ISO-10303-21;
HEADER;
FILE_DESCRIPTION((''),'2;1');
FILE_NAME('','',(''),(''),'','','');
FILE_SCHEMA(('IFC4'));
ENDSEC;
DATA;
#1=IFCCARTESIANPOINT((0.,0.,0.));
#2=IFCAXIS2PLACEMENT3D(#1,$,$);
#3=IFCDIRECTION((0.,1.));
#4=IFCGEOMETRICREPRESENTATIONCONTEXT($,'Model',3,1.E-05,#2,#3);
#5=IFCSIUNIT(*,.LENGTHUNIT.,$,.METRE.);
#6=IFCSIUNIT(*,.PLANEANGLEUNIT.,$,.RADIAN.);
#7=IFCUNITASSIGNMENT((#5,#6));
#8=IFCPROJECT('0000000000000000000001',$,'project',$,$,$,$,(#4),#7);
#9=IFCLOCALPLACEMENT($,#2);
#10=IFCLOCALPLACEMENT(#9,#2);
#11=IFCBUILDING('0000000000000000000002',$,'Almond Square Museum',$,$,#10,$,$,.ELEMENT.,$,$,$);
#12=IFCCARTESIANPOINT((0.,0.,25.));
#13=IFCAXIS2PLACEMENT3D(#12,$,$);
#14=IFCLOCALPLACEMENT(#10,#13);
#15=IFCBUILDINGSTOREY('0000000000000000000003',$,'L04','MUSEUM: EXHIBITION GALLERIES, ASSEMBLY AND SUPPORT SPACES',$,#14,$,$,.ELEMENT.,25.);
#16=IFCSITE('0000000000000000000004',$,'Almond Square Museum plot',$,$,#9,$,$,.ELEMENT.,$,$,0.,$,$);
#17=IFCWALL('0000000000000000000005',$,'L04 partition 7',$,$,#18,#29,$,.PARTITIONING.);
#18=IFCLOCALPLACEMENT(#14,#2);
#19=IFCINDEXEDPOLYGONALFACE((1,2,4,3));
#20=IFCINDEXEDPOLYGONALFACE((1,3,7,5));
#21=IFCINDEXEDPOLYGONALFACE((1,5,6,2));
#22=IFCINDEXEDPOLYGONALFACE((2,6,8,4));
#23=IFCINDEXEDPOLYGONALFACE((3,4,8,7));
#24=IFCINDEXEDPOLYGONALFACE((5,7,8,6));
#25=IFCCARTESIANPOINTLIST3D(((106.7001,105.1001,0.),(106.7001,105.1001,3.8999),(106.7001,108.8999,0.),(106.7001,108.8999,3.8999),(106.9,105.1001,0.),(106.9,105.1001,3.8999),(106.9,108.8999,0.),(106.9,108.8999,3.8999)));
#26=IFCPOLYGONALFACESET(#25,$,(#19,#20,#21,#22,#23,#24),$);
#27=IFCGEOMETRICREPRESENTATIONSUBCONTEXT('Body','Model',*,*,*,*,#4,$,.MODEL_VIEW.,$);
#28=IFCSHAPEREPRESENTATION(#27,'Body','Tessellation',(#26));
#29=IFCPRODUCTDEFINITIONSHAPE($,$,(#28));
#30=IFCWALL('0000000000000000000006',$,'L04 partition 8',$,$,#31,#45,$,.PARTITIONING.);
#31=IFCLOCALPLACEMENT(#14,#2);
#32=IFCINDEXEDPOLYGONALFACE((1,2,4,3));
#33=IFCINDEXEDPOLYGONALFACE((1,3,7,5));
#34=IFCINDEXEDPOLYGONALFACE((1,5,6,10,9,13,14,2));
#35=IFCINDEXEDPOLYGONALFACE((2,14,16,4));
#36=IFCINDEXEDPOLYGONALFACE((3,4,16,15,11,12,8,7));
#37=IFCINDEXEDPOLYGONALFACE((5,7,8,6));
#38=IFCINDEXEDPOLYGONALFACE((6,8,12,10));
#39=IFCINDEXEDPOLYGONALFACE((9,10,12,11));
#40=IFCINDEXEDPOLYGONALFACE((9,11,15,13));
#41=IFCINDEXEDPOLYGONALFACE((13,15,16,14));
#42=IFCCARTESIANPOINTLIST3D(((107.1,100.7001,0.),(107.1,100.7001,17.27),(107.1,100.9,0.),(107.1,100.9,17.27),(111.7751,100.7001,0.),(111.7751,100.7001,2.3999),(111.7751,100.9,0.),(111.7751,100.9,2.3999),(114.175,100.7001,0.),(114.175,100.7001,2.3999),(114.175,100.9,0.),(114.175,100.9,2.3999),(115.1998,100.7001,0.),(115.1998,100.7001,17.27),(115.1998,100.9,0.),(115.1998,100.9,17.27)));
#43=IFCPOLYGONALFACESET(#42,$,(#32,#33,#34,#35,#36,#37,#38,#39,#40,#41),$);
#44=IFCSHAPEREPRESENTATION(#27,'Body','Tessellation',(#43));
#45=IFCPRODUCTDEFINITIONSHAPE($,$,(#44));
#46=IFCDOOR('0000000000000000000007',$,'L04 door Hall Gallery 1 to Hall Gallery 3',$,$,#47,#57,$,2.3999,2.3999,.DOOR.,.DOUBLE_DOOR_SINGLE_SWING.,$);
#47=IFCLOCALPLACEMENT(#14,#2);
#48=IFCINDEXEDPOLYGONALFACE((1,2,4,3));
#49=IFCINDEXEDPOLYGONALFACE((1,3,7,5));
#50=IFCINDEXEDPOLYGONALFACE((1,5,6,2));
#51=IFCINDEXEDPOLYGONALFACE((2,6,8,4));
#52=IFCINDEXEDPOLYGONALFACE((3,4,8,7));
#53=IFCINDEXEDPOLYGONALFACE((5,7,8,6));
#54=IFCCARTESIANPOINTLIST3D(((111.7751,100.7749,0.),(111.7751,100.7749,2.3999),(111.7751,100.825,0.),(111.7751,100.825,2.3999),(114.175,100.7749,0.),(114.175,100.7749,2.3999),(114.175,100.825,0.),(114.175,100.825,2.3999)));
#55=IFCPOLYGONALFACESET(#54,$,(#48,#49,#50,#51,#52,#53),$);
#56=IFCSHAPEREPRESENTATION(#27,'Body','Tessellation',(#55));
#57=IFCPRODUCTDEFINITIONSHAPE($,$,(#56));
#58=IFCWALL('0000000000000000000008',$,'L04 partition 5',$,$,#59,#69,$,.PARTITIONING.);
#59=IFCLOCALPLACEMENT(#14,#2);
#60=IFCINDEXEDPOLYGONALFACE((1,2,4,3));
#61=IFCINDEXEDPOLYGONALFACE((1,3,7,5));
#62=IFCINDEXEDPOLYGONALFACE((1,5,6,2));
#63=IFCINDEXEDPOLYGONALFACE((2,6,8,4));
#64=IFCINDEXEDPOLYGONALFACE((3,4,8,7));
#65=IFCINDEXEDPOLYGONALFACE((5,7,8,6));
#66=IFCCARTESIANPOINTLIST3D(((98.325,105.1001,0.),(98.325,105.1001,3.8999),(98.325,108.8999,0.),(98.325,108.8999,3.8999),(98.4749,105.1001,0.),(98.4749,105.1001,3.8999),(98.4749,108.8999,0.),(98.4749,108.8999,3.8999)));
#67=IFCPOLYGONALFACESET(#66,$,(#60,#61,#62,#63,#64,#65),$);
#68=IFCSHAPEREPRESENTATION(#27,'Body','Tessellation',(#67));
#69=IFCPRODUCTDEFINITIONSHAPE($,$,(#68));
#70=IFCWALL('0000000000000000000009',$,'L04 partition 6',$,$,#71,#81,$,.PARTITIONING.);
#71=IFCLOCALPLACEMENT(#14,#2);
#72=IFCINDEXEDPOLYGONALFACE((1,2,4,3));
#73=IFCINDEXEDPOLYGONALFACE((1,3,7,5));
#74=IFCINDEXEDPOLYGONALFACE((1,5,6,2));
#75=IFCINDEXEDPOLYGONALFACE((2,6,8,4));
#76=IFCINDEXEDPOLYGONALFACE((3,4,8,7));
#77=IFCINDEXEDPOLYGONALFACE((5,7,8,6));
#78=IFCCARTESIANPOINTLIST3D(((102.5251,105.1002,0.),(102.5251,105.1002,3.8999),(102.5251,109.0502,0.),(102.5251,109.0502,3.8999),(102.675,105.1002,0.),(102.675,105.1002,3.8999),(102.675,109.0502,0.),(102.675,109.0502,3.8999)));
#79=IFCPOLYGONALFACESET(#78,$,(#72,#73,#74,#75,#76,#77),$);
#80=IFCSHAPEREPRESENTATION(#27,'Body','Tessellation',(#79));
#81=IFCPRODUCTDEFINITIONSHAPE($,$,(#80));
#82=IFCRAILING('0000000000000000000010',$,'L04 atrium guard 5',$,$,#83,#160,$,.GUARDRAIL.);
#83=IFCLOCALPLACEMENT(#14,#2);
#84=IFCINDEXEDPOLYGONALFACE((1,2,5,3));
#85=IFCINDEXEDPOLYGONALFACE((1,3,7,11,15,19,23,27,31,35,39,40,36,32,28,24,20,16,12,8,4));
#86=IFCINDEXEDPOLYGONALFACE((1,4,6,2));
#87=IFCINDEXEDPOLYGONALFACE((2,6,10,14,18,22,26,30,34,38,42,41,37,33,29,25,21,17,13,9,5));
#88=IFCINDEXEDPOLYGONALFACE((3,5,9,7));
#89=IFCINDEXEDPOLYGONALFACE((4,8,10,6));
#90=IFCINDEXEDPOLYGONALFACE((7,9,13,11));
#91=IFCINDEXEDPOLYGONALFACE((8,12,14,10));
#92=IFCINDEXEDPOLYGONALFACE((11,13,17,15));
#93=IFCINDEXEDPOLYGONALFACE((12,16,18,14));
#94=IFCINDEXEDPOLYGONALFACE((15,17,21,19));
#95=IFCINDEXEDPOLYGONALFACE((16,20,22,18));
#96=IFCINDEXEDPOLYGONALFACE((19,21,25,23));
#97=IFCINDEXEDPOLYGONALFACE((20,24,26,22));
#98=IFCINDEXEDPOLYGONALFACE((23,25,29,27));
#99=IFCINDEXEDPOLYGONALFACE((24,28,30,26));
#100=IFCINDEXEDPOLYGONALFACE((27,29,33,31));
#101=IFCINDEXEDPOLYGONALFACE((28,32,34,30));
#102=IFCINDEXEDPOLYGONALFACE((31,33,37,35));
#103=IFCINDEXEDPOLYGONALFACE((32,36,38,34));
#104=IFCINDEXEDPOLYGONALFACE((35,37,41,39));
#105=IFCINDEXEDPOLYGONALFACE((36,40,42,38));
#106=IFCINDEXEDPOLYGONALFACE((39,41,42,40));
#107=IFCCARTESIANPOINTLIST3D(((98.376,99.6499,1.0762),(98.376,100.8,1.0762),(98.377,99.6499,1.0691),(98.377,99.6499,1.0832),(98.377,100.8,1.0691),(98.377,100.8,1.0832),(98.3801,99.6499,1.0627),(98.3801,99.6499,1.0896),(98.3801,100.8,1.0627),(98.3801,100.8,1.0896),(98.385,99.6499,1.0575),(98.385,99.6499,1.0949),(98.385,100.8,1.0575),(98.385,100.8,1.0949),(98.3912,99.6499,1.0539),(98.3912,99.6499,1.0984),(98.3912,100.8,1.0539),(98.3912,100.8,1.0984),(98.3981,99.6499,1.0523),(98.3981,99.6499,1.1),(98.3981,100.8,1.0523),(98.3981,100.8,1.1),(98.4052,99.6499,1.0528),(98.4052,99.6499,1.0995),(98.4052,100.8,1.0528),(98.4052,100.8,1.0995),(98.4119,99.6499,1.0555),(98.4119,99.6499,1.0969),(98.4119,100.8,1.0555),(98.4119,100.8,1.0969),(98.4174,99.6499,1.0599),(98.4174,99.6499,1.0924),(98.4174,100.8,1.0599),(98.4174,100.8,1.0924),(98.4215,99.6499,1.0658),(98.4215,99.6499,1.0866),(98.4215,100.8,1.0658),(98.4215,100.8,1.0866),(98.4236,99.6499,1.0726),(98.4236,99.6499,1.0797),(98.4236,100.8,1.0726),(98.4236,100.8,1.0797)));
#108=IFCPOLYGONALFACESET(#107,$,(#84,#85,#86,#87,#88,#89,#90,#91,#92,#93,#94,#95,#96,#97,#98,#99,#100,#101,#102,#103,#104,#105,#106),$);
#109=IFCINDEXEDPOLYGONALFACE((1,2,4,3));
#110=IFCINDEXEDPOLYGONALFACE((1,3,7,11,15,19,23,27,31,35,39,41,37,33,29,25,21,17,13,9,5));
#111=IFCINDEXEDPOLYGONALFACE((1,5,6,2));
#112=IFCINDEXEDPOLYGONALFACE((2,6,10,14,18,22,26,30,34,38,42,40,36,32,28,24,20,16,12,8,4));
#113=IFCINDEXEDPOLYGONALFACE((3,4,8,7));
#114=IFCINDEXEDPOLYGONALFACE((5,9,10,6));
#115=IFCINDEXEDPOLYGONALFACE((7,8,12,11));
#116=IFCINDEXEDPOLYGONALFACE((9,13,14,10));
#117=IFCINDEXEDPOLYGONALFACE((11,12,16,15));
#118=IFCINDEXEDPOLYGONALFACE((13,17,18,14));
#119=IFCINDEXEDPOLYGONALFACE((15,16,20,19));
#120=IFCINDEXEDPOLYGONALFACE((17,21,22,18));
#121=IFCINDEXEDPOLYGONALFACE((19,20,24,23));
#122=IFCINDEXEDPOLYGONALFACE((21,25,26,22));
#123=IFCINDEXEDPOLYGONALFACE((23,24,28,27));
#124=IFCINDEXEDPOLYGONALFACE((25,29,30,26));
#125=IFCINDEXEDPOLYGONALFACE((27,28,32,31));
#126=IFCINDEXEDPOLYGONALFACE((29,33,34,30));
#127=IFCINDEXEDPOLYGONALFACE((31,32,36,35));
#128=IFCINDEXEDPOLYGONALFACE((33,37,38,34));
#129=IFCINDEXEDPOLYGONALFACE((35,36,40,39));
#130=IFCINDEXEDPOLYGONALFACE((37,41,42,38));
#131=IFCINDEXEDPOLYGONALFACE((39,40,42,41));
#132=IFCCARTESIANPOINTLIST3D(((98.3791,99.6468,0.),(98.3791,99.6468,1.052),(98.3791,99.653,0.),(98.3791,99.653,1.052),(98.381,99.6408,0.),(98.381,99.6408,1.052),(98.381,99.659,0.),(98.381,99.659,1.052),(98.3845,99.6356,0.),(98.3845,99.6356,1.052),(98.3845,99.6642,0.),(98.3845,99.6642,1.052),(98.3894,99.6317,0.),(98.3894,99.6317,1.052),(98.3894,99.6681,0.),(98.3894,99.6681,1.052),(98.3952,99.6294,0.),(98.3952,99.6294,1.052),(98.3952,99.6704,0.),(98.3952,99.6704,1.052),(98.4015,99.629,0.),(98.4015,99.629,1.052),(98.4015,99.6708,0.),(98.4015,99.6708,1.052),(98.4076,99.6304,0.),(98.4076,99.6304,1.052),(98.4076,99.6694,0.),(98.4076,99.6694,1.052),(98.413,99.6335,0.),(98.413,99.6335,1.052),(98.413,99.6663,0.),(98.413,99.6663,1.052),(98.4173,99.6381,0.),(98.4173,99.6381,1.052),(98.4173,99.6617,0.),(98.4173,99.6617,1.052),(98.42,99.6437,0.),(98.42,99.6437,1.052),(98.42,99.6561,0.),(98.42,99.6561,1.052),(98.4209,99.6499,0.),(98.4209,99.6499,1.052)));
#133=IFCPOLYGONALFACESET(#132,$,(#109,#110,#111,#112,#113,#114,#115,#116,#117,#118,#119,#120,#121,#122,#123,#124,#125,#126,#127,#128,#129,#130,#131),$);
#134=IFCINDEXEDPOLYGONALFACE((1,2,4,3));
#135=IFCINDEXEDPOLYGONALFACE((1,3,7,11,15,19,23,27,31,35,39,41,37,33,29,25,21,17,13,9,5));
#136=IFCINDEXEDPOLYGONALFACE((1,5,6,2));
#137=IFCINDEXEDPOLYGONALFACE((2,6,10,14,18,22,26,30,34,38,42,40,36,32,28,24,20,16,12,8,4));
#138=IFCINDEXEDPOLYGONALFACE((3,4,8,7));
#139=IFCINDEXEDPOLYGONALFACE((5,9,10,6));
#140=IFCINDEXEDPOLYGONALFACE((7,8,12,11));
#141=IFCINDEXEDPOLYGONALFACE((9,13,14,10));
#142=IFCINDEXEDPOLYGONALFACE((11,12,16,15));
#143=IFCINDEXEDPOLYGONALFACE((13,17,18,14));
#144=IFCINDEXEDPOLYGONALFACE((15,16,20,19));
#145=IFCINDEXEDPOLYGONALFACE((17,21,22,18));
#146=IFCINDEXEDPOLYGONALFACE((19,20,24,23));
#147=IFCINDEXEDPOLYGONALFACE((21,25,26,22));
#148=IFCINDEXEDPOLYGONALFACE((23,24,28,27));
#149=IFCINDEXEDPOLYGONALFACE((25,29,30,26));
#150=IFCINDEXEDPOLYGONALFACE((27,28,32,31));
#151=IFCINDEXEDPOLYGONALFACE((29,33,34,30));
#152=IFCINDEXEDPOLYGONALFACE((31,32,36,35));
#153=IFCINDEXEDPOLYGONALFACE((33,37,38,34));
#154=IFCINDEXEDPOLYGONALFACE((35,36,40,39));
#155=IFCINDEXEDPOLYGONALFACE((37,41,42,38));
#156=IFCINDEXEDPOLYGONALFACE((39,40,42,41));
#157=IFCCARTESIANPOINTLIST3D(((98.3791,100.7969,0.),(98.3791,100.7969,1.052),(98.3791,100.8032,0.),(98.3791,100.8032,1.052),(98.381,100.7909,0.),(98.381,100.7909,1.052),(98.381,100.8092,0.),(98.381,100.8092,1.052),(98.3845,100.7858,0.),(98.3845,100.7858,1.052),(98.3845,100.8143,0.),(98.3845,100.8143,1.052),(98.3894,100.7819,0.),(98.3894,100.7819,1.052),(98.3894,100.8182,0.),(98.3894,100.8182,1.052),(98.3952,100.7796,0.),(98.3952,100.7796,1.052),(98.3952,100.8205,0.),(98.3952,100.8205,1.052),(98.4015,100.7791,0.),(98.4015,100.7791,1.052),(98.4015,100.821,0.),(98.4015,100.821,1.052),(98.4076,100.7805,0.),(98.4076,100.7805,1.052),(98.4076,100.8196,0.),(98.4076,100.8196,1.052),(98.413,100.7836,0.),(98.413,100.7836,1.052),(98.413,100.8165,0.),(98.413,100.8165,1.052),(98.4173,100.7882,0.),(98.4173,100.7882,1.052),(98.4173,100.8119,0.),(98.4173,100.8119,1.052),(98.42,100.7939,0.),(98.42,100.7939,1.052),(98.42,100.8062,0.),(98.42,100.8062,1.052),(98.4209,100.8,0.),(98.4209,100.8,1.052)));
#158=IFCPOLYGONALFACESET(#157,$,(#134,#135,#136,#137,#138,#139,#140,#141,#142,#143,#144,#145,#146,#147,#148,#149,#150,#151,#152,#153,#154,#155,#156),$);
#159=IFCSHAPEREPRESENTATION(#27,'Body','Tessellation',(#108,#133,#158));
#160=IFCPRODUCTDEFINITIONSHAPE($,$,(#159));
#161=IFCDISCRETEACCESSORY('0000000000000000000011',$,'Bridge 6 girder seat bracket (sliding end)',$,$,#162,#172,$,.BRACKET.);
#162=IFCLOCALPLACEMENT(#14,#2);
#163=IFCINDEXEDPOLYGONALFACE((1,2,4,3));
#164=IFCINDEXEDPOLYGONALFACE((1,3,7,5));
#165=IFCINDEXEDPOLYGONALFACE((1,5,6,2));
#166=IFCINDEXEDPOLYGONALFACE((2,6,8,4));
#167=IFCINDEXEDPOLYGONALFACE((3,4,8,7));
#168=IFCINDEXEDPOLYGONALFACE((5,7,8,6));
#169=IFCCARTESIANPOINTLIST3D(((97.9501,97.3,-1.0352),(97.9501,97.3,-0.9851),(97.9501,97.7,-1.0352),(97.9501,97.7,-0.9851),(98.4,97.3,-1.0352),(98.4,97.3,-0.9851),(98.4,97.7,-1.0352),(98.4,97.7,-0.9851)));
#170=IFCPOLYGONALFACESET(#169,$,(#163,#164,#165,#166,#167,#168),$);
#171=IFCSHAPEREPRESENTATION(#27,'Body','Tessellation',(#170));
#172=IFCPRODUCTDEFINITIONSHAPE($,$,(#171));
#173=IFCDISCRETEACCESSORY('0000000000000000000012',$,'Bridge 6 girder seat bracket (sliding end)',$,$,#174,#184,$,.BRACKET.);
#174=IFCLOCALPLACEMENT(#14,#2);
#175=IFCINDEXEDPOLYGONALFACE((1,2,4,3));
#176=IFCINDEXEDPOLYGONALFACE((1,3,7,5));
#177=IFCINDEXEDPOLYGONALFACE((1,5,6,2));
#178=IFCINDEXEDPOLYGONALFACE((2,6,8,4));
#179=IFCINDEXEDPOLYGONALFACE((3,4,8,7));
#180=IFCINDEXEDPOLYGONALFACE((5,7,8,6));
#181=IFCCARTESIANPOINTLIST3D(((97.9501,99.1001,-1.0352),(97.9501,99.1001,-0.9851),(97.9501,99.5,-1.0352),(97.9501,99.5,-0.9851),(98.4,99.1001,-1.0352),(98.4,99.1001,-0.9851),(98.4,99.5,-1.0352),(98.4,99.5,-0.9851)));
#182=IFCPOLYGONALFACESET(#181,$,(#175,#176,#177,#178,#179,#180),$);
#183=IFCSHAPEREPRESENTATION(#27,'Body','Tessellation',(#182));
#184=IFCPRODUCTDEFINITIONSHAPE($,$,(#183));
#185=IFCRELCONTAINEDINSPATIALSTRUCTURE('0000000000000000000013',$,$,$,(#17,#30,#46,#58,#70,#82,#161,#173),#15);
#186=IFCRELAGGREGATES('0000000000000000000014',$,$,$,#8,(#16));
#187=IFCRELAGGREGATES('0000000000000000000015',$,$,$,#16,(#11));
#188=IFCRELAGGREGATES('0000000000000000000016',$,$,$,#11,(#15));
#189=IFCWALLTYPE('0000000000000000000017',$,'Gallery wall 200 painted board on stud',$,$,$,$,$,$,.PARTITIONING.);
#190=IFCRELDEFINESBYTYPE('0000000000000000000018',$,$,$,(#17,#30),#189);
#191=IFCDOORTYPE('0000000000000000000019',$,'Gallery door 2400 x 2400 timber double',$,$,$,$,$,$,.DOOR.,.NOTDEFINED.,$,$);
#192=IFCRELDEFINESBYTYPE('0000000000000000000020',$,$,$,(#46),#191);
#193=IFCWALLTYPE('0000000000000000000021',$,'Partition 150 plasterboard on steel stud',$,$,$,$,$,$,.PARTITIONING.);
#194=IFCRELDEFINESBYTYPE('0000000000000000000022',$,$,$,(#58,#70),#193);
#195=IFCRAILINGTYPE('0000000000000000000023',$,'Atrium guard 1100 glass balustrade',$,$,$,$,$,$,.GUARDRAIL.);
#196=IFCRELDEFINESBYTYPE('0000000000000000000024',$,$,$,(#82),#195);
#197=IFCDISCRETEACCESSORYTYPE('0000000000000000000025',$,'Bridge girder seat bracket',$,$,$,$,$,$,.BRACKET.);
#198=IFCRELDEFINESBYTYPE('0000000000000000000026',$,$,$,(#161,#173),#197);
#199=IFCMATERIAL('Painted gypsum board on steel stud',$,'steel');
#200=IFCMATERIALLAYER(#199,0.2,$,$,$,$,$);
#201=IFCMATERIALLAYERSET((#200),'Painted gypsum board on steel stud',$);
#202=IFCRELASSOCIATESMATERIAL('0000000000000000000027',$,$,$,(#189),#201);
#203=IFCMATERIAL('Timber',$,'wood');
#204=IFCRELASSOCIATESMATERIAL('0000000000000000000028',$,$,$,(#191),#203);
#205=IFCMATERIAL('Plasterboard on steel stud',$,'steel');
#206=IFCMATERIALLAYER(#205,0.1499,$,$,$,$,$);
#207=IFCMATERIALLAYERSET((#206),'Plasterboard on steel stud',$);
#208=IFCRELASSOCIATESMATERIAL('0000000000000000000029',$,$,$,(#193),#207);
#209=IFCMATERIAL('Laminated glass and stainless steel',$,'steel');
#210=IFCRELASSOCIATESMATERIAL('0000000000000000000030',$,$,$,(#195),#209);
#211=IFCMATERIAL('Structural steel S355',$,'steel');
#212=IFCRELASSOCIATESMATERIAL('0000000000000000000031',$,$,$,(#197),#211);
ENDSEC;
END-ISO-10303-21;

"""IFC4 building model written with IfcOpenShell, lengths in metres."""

from ifc_helpers import new_model, si_unit, direction, frame, frame_2d, origin, origin_2d, place, context, subcontext, project, spatial, rectangle, circle, extrude, material, layer, layer_set, type_object, element, fill, save


model = new_model("IFC4")

# Units and contexts
model_context = context("Model", 3, precision=1e-05, world=origin(), true_north=direction((0.0, 1.0)))
body_context = subcontext(model_context, "Body", "Model", "MODEL_VIEW")
ifc_project = project(units=[si_unit("LENGTHUNIT", "METRE"), si_unit("PLANEANGLEUNIT", "RADIAN")], contexts=[model_context])

# Site, building, storey
site_placement = place(None, origin())
site = spatial("IfcSite", under=ifc_project, at=site_placement, Name="Almond Square Museum plot", CompositionType="ELEMENT", RefElevation=0.0)
building_placement = place(site_placement, origin())
building = spatial("IfcBuilding", under=site, at=building_placement, Name="Almond Square Museum", CompositionType="ELEMENT")
storey_placement = place(building_placement, frame((0.0, 0.0, 25.0)))
storey = spatial("IfcBuildingStorey", under=building, at=storey_placement, Name="L04", Description="MUSEUM: EXHIBITION GALLERIES, ASSEMBLY AND SUPPORT SPACES", CompositionType="ELEMENT", Elevation=25.0)

# Wall
ifc_material_1 = material(Name="Painted gypsum board on steel stud", Category="steel")
ifc_layer_1 = layer(ifc_material_1, 0.2)
ifc_layer_set_1 = layer_set([ifc_layer_1], Name="Painted gypsum board on steel stud")
wall_type_1 = type_object("IfcWallType", Name="Gallery wall 200 painted board on stud", PredefinedType="PARTITIONING", material=ifc_layer_set_1)
wall_1_placement = place(storey_placement, frame((106.8, 105.1001, 0.0), z_axis=(0.0, 0.0, 1.0), x_axis=(0.0, 1.0, 0.0)))
element("IfcWall", 1, at=wall_1_placement, inside=storey, type_object=wall_type_1, Name="L04 partition 7", PredefinedType="PARTITIONING", context=body_context, shape_type="SweptSolid", body=[
    extrude(rectangle(XDim=3.7998, YDim=0.2, at=frame_2d((1.8999, 0.0))), origin(), (0.0, 0.0, 1.0), 3.8999),
])

# Wall, opening, door
wall_2_placement = place(storey_placement, frame((107.1001, 100.8, 0.0), z_axis=(0.0, 0.0, 1.0), x_axis=(1.0, 0.0, 0.0)))
wall_2 = element("IfcWall", 2, at=wall_2_placement, inside=storey, type_object=wall_type_1, Name="L04 partition 8", PredefinedType="PARTITIONING", context=body_context, shape_type="SweptSolid", body=[
    extrude(rectangle(XDim=8.0999, YDim=0.2, at=frame_2d((4.0498, 0.0))), origin(), (0.0, 0.0, 1.0), 17.27),
])
opening_1_placement = place(wall_2_placement, frame((4.675, 0.0, 0.0)))
opening_1 = element("IfcOpeningElement", 3, at=opening_1_placement, cuts=wall_2, PredefinedType="OPENING", context=body_context, shape_type="SweptSolid", body=[
    extrude(rectangle(XDim=2.3999, YDim=2.3999, at=frame_2d((1.2, 1.2))), frame((0.0, 0.1099, 0.0), z_axis=(0.0, -1.0, 0.0), x_axis=(1.0, 0.0, 0.0)), (0.0, 0.0, 1.0), 0.22),
])
ifc_material_2 = material(Name="Timber", Category="wood")
door_type_1 = type_object("IfcDoorType", Name="Gallery door 2400 x 2400 timber double", OperationType="NOTDEFINED", PredefinedType="DOOR", material=ifc_material_2)
door_1_placement = place(opening_1_placement, origin())
door_1 = element("IfcDoor", 4, at=door_1_placement, inside=storey, type_object=door_type_1, Name="L04 door Hall Gallery 1 to Hall Gallery 3", OperationType="DOUBLE_DOOR_SINGLE_SWING", OverallHeight=2.3999, OverallWidth=2.3999, PredefinedType="DOOR", context=body_context, shape_type="SweptSolid", body=[
    extrude(rectangle(XDim=2.3999, YDim=2.3999, at=frame_2d((1.2, 1.2))), frame((0.0, 0.0249, 0.0), z_axis=(0.0, -1.0, 0.0), x_axis=(1.0, 0.0, 0.0)), (0.0, 0.0, 1.0), 0.05),
])
fill(opening_1, door_1)

# Walls
ifc_material_3 = material(Name="Plasterboard on steel stud", Category="steel")
ifc_layer_2 = layer(ifc_material_3, 0.1499)
ifc_layer_set_2 = layer_set([ifc_layer_2], Name="Plasterboard on steel stud")
wall_type_2 = type_object("IfcWallType", Name="Partition 150 plasterboard on steel stud", PredefinedType="PARTITIONING", material=ifc_layer_set_2)
wall_3_placement = place(storey_placement, frame((98.3999, 105.1001, 0.0), z_axis=(0.0, 0.0, 1.0), x_axis=(0.0, 1.0, 0.0)))
element("IfcWall", 5, at=wall_3_placement, inside=storey, type_object=wall_type_2, Name="L04 partition 5", PredefinedType="PARTITIONING", context=body_context, shape_type="SweptSolid", body=[
    extrude(rectangle(XDim=3.7998, YDim=0.1499, at=frame_2d((1.8999, 0.0))), origin(), (0.0, 0.0, 1.0), 3.8999),
])
wall_4_placement = place(storey_placement, frame((102.6001, 105.1001, 0.0), z_axis=(0.0, 0.0, 1.0), x_axis=(0.0, 1.0, 0.0)))
element("IfcWall", 6, at=wall_4_placement, inside=storey, type_object=wall_type_2, Name="L04 partition 6", PredefinedType="PARTITIONING", context=body_context, shape_type="SweptSolid", body=[
    extrude(rectangle(XDim=3.95, YDim=0.1499, at=frame_2d((1.9751, 0.0))), origin(), (0.0, 0.0, 1.0), 3.8999),
])

# Railing
ifc_material_4 = material(Name="Laminated glass and stainless steel", Category="steel")
railing_type = type_object("IfcRailingType", Name="Atrium guard 1100 glass balustrade", PredefinedType="GUARDRAIL", material=ifc_material_4)
railing_placement = place(storey_placement, frame((98.3999, 99.6499, 0.0)))
element("IfcRailing", 7, at=railing_placement, inside=storey, type_object=railing_type, Name="L04 atrium guard 5", PredefinedType="GUARDRAIL", context=body_context, shape_type="SweptSolid", body=[
    extrude(circle(Radius=0.0239, at=origin_2d()), frame((0.0, 0.0, 1.0762), z_axis=(0.0, 1.0, 0.0), x_axis=(-1.0, 0.0, 0.0)), (0.0, 0.0, 1.0), 1.1501),
    extrude(circle(Radius=0.021, at=origin_2d()), origin(), (0.0, 0.0, 1.0), 1.052),
    extrude(circle(Radius=0.021, at=origin_2d()), frame((0.0, 1.1501, 0.0)), (0.0, 0.0, 1.0), 1.052),
])

# Discrete accessories
ifc_material_5 = material(Name="Structural steel S355", Category="steel")
discrete_accessory_type = type_object("IfcDiscreteAccessoryType", Name="Bridge girder seat bracket", PredefinedType="BRACKET", material=ifc_material_5)
for number, where, z_axis, x_axis, name in (
    (8, (98.175, 97.5, -1.0352), (0.0, 0.0, 1.0), (1.0, 0.0, 0.0), "Bridge 6 girder seat bracket (sliding end)"),
    (9, (98.175, 99.3, -1.0352), (0.0, 0.0, 1.0), (1.0, 0.0, 0.0), "Bridge 6 girder seat bracket (sliding end)"),
):
    element("IfcDiscreteAccessory", number, at=place(storey_placement, frame(where, z_axis=z_axis, x_axis=x_axis)), inside=storey, type_object=discrete_accessory_type, Name=name, PredefinedType="BRACKET", context=body_context, shape_type="SweptSolid", body=[
        extrude(rectangle(XDim=0.45, YDim=0.3999, at=origin_2d()), origin(), (0.0, 0.0, 1.0), 0.05),
    ])

save(model, "model.ifc")
